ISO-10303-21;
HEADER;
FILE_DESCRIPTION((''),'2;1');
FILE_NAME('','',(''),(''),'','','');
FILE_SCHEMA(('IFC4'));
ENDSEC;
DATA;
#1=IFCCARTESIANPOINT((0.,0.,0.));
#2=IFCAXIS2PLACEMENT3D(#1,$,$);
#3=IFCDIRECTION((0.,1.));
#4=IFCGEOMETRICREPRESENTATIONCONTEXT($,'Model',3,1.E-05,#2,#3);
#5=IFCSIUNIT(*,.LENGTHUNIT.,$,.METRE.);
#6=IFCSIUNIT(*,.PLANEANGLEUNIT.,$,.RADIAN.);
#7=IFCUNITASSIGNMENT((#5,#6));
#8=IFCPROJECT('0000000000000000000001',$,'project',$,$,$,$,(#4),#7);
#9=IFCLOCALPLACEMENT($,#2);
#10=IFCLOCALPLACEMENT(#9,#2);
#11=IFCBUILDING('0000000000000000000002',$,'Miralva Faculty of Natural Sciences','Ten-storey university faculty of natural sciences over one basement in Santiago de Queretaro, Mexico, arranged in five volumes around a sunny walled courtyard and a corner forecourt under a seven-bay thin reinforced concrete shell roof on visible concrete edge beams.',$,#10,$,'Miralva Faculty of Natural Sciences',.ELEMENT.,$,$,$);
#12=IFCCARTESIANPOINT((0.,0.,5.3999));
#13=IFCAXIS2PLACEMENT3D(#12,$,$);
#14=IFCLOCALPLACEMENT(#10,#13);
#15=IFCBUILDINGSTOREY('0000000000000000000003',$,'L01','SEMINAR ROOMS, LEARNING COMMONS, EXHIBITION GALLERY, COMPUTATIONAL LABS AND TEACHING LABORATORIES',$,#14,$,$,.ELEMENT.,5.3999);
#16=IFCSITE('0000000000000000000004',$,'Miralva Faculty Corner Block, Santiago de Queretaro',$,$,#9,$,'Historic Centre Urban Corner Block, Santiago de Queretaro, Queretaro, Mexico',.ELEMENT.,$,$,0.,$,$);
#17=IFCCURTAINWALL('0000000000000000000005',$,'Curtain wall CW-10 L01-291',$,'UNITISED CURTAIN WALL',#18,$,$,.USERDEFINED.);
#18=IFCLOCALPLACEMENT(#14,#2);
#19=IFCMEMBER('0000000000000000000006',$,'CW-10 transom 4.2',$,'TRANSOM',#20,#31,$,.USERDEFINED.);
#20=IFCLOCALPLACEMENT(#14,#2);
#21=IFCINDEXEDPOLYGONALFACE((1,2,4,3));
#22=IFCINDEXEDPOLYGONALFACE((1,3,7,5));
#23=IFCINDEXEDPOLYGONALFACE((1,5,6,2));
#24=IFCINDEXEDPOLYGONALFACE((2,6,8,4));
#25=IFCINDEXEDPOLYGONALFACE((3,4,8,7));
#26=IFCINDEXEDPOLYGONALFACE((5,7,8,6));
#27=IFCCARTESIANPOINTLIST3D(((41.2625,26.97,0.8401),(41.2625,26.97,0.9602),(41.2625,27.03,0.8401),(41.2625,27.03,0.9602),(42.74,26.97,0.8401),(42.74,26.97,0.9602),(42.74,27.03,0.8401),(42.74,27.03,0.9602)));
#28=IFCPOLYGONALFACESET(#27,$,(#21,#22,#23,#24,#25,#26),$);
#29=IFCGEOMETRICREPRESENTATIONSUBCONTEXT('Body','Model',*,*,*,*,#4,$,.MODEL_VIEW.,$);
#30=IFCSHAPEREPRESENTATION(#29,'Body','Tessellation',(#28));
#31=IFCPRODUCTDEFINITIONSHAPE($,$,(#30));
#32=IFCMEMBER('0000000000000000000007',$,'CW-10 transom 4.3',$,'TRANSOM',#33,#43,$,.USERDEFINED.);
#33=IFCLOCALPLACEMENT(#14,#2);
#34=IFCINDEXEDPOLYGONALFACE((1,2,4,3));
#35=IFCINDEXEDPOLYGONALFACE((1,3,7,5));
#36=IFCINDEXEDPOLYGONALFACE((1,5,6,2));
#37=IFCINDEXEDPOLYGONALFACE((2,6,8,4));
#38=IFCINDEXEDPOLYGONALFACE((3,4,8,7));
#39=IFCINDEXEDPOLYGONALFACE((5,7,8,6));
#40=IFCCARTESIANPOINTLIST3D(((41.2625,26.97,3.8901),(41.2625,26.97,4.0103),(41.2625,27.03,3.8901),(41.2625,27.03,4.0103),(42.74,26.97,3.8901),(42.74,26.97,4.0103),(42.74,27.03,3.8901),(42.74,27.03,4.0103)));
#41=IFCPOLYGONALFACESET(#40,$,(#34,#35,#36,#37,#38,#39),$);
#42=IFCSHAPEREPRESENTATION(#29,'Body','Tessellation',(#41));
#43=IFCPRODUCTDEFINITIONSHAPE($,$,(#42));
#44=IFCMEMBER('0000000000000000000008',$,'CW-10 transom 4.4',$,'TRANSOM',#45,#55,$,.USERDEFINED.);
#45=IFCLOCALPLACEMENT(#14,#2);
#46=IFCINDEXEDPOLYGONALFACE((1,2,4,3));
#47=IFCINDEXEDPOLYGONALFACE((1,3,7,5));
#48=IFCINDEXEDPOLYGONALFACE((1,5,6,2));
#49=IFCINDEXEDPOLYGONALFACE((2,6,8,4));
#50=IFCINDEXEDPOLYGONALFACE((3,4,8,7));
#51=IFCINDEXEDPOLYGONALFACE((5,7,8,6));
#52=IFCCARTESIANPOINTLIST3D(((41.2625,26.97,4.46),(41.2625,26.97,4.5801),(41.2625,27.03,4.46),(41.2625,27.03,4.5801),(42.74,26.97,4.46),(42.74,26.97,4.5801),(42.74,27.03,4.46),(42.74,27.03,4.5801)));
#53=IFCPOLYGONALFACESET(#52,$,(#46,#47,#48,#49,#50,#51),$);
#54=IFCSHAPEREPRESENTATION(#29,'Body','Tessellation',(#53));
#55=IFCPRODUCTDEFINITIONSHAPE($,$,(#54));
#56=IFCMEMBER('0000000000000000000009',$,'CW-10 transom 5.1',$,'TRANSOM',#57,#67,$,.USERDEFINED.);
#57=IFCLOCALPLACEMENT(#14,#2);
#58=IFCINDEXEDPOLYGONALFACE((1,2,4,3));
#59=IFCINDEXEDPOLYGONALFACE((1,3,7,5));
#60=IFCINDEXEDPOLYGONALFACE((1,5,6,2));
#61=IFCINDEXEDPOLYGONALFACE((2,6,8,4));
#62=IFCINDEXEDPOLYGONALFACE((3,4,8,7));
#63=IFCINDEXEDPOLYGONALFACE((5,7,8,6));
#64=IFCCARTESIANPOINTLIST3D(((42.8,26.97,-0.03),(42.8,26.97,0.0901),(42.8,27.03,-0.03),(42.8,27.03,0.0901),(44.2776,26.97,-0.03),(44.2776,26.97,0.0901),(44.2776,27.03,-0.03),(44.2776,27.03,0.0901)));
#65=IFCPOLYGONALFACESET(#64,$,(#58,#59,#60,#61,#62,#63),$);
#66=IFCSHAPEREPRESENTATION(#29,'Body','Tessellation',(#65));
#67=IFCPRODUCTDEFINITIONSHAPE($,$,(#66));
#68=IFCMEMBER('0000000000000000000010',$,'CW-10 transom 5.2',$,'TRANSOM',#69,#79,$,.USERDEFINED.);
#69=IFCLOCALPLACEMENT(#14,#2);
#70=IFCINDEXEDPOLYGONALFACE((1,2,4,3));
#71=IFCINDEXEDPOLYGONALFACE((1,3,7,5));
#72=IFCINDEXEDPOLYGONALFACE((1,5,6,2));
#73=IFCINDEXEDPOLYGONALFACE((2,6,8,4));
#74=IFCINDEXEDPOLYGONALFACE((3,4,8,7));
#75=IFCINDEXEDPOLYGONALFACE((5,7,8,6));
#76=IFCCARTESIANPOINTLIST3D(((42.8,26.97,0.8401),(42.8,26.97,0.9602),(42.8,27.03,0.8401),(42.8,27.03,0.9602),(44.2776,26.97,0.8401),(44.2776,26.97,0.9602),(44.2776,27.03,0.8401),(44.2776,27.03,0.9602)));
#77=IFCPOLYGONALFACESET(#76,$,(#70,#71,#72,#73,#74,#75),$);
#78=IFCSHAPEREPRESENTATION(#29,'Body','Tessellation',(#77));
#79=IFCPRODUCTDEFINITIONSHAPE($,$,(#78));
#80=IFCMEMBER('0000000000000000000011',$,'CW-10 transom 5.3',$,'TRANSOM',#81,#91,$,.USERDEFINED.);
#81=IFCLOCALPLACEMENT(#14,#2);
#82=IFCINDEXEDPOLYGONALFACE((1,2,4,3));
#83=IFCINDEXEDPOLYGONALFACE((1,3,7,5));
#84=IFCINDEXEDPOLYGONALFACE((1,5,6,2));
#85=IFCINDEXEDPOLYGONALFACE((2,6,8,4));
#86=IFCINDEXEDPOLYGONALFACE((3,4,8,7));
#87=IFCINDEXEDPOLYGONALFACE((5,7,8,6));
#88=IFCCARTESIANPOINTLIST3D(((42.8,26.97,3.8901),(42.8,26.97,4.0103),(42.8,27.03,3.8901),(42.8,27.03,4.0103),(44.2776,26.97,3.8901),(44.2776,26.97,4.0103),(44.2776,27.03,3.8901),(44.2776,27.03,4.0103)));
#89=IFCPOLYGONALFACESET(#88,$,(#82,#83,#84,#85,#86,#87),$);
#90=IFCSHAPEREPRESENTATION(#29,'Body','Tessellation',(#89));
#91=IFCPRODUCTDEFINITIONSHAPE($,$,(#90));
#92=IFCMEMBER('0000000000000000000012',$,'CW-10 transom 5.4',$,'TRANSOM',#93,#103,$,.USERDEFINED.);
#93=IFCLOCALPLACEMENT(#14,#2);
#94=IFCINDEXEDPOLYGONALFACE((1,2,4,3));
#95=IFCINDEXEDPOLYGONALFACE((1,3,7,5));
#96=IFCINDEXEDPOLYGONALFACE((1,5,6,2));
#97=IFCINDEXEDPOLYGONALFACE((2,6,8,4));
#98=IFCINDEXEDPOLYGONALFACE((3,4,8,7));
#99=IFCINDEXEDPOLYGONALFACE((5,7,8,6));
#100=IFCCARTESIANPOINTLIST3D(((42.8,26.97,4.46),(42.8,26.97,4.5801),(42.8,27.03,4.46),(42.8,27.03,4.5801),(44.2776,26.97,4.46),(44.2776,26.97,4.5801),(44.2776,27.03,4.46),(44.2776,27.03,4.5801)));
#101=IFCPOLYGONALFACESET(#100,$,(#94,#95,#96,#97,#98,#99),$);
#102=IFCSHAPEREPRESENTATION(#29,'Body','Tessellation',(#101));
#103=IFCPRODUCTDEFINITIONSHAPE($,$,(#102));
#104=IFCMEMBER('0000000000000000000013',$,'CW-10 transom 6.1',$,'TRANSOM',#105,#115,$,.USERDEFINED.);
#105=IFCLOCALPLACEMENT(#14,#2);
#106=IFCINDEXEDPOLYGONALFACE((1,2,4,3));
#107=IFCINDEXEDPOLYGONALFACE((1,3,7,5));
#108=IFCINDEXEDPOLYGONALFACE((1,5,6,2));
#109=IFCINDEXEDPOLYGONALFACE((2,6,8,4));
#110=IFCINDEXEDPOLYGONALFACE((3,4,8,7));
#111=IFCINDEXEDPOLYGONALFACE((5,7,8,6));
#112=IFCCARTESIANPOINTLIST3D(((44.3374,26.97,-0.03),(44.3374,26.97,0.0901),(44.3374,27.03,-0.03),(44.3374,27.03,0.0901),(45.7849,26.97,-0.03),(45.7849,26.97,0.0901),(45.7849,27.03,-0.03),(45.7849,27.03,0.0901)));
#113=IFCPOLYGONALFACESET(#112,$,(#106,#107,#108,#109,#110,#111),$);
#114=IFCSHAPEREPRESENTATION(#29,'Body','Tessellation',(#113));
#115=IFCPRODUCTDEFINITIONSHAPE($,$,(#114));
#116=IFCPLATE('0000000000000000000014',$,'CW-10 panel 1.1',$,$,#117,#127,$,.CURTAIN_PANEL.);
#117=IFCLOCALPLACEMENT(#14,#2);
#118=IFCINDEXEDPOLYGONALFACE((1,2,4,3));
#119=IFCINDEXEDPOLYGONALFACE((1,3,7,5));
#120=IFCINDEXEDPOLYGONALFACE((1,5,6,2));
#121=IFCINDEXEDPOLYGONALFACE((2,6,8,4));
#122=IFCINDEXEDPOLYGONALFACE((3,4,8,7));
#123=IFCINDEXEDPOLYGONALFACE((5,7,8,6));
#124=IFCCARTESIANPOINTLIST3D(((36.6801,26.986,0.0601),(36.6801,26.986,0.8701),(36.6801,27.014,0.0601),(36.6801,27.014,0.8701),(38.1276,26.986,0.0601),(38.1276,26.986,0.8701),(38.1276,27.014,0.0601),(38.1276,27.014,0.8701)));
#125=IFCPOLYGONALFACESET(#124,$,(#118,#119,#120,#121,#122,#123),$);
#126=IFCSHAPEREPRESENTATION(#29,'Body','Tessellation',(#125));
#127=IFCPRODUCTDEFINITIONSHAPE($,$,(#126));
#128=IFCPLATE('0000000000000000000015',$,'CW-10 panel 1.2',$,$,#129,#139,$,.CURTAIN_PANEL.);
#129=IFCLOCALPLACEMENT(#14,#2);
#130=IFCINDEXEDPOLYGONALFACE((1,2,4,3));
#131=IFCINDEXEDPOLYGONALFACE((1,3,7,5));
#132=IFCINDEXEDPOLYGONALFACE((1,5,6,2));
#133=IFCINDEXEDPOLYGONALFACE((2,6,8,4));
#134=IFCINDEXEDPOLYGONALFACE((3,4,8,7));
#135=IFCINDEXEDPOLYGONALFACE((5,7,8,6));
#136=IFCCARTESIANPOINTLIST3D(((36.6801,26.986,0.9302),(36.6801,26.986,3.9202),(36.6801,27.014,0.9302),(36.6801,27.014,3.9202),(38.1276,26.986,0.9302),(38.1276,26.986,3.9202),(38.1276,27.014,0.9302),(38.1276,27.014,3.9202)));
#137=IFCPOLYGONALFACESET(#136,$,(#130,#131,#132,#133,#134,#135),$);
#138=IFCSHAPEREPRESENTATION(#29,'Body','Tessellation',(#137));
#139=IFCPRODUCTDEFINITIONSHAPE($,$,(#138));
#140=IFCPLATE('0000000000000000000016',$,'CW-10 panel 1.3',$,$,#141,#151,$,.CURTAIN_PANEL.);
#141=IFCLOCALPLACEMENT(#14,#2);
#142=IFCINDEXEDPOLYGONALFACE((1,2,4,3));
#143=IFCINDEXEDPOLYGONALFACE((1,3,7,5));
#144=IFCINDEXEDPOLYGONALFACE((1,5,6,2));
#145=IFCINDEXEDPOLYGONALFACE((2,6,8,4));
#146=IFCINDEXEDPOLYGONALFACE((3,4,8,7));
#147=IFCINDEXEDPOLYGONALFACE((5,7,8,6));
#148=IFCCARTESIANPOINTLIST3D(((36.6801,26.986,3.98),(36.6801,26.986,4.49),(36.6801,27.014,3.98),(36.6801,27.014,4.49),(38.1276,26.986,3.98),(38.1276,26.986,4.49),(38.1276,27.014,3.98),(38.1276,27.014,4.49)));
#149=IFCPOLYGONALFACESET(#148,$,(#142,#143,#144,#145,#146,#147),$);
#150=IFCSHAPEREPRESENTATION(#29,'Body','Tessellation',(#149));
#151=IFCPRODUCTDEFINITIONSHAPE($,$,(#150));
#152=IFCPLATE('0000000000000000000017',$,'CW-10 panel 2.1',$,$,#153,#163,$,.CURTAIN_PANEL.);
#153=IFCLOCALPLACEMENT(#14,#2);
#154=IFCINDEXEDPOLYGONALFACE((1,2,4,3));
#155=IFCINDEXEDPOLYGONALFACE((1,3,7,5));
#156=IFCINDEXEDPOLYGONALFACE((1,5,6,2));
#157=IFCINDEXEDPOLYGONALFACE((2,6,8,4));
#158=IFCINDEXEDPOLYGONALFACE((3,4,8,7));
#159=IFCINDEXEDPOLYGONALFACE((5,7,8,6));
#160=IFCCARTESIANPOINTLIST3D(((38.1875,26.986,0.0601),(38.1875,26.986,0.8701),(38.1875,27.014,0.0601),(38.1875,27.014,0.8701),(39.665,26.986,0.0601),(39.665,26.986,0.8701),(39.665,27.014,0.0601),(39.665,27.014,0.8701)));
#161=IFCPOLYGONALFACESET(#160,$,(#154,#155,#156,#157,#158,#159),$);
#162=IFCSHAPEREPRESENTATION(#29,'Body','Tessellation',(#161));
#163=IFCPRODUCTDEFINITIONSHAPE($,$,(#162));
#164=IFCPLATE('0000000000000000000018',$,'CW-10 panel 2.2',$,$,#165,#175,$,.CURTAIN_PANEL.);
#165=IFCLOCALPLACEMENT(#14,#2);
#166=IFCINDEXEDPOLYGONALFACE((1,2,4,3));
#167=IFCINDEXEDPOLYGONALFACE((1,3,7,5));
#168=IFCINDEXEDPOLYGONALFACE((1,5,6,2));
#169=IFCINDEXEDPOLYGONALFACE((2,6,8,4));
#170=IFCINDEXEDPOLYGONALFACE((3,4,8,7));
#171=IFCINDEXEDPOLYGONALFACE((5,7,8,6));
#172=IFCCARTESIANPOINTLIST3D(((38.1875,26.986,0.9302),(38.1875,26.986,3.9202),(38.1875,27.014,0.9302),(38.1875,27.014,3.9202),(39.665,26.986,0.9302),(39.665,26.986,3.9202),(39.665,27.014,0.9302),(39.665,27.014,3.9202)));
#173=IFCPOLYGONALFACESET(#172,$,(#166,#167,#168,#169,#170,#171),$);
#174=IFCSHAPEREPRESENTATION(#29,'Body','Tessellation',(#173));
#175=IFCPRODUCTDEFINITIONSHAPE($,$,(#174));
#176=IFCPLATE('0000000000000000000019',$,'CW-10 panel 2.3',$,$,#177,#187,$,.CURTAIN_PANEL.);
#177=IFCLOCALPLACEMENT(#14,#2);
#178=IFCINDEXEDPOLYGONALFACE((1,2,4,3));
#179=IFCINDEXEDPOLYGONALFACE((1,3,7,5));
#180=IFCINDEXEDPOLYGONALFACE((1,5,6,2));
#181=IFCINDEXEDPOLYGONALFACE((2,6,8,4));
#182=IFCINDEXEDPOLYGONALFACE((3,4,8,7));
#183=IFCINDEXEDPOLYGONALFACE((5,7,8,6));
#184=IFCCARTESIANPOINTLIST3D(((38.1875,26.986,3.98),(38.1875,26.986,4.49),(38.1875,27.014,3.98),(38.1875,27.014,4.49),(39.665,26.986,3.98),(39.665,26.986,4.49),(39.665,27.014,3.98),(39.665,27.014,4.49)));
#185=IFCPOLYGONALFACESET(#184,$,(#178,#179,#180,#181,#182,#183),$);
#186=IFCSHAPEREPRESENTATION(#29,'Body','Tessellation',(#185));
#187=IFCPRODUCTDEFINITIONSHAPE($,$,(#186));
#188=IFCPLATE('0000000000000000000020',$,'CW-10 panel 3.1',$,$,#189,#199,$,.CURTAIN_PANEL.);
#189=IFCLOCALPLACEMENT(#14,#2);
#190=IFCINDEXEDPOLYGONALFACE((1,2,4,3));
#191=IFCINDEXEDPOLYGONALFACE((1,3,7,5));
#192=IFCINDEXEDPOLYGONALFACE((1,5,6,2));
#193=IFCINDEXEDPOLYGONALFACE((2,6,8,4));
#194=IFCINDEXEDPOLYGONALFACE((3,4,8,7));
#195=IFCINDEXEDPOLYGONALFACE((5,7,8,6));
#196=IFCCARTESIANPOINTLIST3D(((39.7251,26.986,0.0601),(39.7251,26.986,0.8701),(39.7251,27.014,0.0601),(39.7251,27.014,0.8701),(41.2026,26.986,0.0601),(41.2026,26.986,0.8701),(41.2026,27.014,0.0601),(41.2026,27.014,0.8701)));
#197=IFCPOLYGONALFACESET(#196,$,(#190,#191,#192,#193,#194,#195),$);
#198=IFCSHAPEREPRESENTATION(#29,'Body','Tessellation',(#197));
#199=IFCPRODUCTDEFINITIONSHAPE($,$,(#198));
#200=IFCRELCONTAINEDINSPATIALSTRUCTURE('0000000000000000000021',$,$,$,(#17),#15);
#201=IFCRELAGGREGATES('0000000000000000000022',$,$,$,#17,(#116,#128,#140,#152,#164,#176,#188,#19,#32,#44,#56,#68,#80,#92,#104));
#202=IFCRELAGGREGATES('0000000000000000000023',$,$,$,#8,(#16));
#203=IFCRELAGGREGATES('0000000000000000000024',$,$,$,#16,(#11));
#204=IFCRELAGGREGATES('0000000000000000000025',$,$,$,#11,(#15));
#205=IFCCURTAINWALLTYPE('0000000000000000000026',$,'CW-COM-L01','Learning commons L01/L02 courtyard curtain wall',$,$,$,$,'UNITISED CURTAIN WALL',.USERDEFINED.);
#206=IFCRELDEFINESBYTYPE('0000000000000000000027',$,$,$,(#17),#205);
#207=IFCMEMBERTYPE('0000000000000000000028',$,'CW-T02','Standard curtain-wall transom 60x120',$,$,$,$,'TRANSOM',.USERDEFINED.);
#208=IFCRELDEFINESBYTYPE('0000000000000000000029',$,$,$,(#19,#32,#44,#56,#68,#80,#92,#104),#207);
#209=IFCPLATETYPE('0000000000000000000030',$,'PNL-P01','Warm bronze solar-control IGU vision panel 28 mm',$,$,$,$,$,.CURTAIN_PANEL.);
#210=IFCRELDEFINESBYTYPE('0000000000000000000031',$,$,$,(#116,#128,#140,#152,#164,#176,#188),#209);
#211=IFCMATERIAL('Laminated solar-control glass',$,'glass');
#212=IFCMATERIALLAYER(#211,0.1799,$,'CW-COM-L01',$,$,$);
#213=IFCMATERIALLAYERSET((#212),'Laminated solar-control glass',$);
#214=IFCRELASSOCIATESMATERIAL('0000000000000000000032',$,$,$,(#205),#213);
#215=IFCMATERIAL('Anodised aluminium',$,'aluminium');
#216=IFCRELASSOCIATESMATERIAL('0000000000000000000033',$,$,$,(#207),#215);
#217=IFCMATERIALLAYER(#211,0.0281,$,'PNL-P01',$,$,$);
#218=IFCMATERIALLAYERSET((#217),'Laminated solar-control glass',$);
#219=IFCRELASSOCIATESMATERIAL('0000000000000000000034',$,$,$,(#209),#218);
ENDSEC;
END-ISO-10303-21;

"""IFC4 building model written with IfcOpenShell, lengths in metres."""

from ifc_helpers import new_model, si_unit, direction, frame, origin, origin_2d, place, context, subcontext, project, spatial, rectangle, extrude, material, layer, layer_set, material_profile, profile_set, type_object, element, aggregate, save


model = new_model("IFC4")

# Units and contexts
model_context = context("Model", 3, precision=1e-05, world=origin(), true_north=direction((0.0, 1.0)))
body_context = subcontext(model_context, "Body", "Model", "MODEL_VIEW")
ifc_project = project(units=[si_unit("LENGTHUNIT", "METRE"), si_unit("PLANEANGLEUNIT", "RADIAN")], contexts=[model_context])

# Site, building, storey
site_placement = place(None, origin())
site = spatial("IfcSite", under=ifc_project, at=site_placement, Name="Miralva Faculty Corner Block, Santiago de Queretaro", LongName="Historic Centre Urban Corner Block, Santiago de Queretaro, Queretaro, Mexico", CompositionType="ELEMENT", RefElevation=0.0)
building_placement = place(site_placement, origin())
building = spatial("IfcBuilding", under=site, at=building_placement, Name="Miralva Faculty of Natural Sciences", Description="Ten-storey university faculty of natural sciences over one basement in Santiago de Queretaro, Mexico, arranged in five volumes around a sunny walled courtyard and a corner forecourt under a seven-bay thin reinforced concrete shell roof on visible concrete edge beams.", LongName="Miralva Faculty of Natural Sciences", CompositionType="ELEMENT")
storey_placement = place(building_placement, frame((0.0, 0.0, 5.3999)))
storey = spatial("IfcBuildingStorey", under=building, at=storey_placement, Name="L01", Description="SEMINAR ROOMS, LEARNING COMMONS, EXHIBITION GALLERY, COMPUTATIONAL LABS AND TEACHING LABORATORIES", CompositionType="ELEMENT", Elevation=5.3999)

# Curtain wall, members, plates
ifc_material_1 = material(Name="Laminated solar-control glass", Category="glass")
ifc_layer_1 = layer(ifc_material_1, 0.1799, Name="CW-COM-L01")
ifc_layer_set_1 = layer_set([ifc_layer_1], Name="Laminated solar-control glass")
curtain_wall_type = type_object("IfcCurtainWallType", Name="CW-COM-L01", Description="Learning commons L01/L02 courtyard curtain wall", ElementType="UNITISED CURTAIN WALL", PredefinedType="USERDEFINED", material=ifc_layer_set_1)
curtain_wall_placement = place(storey_placement, origin())
curtain_wall = element("IfcCurtainWall", 1, at=curtain_wall_placement, inside=storey, type_object=curtain_wall_type, Name="Curtain wall CW-10 L01-291", ObjectType="UNITISED CURTAIN WALL", PredefinedType="USERDEFINED")
ifc_material_2 = material(Name="Anodised aluminium", Category="aluminium")
ifc_material_profile_1 = material_profile(ifc_material_2, rectangle(XDim=0.0601, YDim=0.1201, at=origin_2d()), Name="TRANSOM 60x120")
ifc_profile_set_1 = profile_set([ifc_material_profile_1], Name="Anodised aluminium")
member_type_1 = type_object("IfcMemberType", Name="CW-T02", Description="Standard curtain-wall transom 60x120", ElementType="TRANSOM", PredefinedType="USERDEFINED", material=ifc_profile_set_1)
member_1_placement = place(storey_placement, frame((41.2625, 27.0, 0.9001), z_axis=(1.0, 0.0, 0.0), x_axis=(0.0, 1.0, 0.0)))
member_1 = element("IfcMember", 2, at=member_1_placement, type_object=member_type_1, Name="CW-10 transom 4.2", ObjectType="TRANSOM", PredefinedType="USERDEFINED", context=body_context, shape_type="SweptSolid", body=[
    extrude(rectangle(XDim=0.0601, YDim=0.1201, at=origin_2d()), origin(), (0.0, 0.0, 1.0), 1.4775),
])
member_2_placement = place(storey_placement, frame((41.2625, 27.0, 3.9502), z_axis=(1.0, 0.0, 0.0), x_axis=(0.0, 1.0, 0.0)))
member_2 = element("IfcMember", 3, at=member_2_placement, type_object=member_type_1, Name="CW-10 transom 4.3", ObjectType="TRANSOM", PredefinedType="USERDEFINED", context=body_context, shape_type="SweptSolid", body=[
    extrude(rectangle(XDim=0.0601, YDim=0.1201, at=origin_2d()), origin(), (0.0, 0.0, 1.0), 1.4775),
])
member_3_placement = place(storey_placement, frame((41.2625, 27.0, 4.52), z_axis=(1.0, 0.0, 0.0), x_axis=(0.0, 1.0, 0.0)))
member_3 = element("IfcMember", 4, at=member_3_placement, type_object=member_type_1, Name="CW-10 transom 4.4", ObjectType="TRANSOM", PredefinedType="USERDEFINED", context=body_context, shape_type="SweptSolid", body=[
    extrude(rectangle(XDim=0.0601, YDim=0.1201, at=origin_2d()), origin(), (0.0, 0.0, 1.0), 1.4775),
])
member_4_placement = place(storey_placement, frame((42.8, 27.0, 0.03), z_axis=(1.0, 0.0, 0.0), x_axis=(0.0, 1.0, 0.0)))
member_4 = element("IfcMember", 5, at=member_4_placement, type_object=member_type_1, Name="CW-10 transom 5.1", ObjectType="TRANSOM", PredefinedType="USERDEFINED", context=body_context, shape_type="SweptSolid", body=[
    extrude(rectangle(XDim=0.0601, YDim=0.1201, at=origin_2d()), origin(), (0.0, 0.0, 1.0), 1.4775),
])
member_5_placement = place(storey_placement, frame((42.8, 27.0, 0.9001), z_axis=(1.0, 0.0, 0.0), x_axis=(0.0, 1.0, 0.0)))
member_5 = element("IfcMember", 6, at=member_5_placement, type_object=member_type_1, Name="CW-10 transom 5.2", ObjectType="TRANSOM", PredefinedType="USERDEFINED", context=body_context, shape_type="SweptSolid", body=[
    extrude(rectangle(XDim=0.0601, YDim=0.1201, at=origin_2d()), origin(), (0.0, 0.0, 1.0), 1.4775),
])
member_6_placement = place(storey_placement, frame((42.8, 27.0, 3.9502), z_axis=(1.0, 0.0, 0.0), x_axis=(0.0, 1.0, 0.0)))
member_6 = element("IfcMember", 7, at=member_6_placement, type_object=member_type_1, Name="CW-10 transom 5.3", ObjectType="TRANSOM", PredefinedType="USERDEFINED", context=body_context, shape_type="SweptSolid", body=[
    extrude(rectangle(XDim=0.0601, YDim=0.1201, at=origin_2d()), origin(), (0.0, 0.0, 1.0), 1.4775),
])
member_7_placement = place(storey_placement, frame((42.8, 27.0, 4.52), z_axis=(1.0, 0.0, 0.0), x_axis=(0.0, 1.0, 0.0)))
member_7 = element("IfcMember", 8, at=member_7_placement, type_object=member_type_1, Name="CW-10 transom 5.4", ObjectType="TRANSOM", PredefinedType="USERDEFINED", context=body_context, shape_type="SweptSolid", body=[
    extrude(rectangle(XDim=0.0601, YDim=0.1201, at=origin_2d()), origin(), (0.0, 0.0, 1.0), 1.4775),
])
member_8_placement = place(storey_placement, frame((44.3374, 27.0, 0.03), z_axis=(1.0, 0.0, 0.0), x_axis=(0.0, 1.0, 0.0)))
member_8 = element("IfcMember", 9, at=member_8_placement, type_object=member_type_1, Name="CW-10 transom 6.1", ObjectType="TRANSOM", PredefinedType="USERDEFINED", context=body_context, shape_type="SweptSolid", body=[
    extrude(rectangle(XDim=0.0601, YDim=0.1201, at=origin_2d()), origin(), (0.0, 0.0, 1.0), 1.4475),
])
ifc_layer_2 = layer(ifc_material_1, 0.0281, Name="PNL-P01")
ifc_layer_set_2 = layer_set([ifc_layer_2], Name="Laminated solar-control glass")
plate_type = type_object("IfcPlateType", Name="PNL-P01", Description="Warm bronze solar-control IGU vision panel 28 mm", PredefinedType="CURTAIN_PANEL", material=ifc_layer_set_2)
plate_1_placement = place(storey_placement, frame((37.4038, 27.0, 0.0601), z_axis=(0.0, 0.0, 1.0), x_axis=(1.0, 0.0, 0.0)))
plate_1 = element("IfcPlate", 10, at=plate_1_placement, type_object=plate_type, Name="CW-10 panel 1.1", PredefinedType="CURTAIN_PANEL", context=body_context, shape_type="SweptSolid", body=[
    extrude(rectangle(XDim=1.4475, YDim=0.0281, at=origin_2d()), origin(), (0.0, 0.0, 1.0), 0.8101),
])
plate_2_placement = place(storey_placement, frame((37.4038, 27.0, 0.9302), z_axis=(0.0, 0.0, 1.0), x_axis=(1.0, 0.0, 0.0)))
plate_2 = element("IfcPlate", 11, at=plate_2_placement, type_object=plate_type, Name="CW-10 panel 1.2", PredefinedType="CURTAIN_PANEL", context=body_context, shape_type="SweptSolid", body=[
    extrude(rectangle(XDim=1.4475, YDim=0.0281, at=origin_2d()), origin(), (0.0, 0.0, 1.0), 2.99),
])
plate_3_placement = place(storey_placement, frame((37.4038, 27.0, 3.98), z_axis=(0.0, 0.0, 1.0), x_axis=(1.0, 0.0, 0.0)))
plate_3 = element("IfcPlate", 12, at=plate_3_placement, type_object=plate_type, Name="CW-10 panel 1.3", PredefinedType="CURTAIN_PANEL", context=body_context, shape_type="SweptSolid", body=[
    extrude(rectangle(XDim=1.4475, YDim=0.0281, at=origin_2d()), origin(), (0.0, 0.0, 1.0), 0.51),
])
plate_4_placement = place(storey_placement, frame((38.9263, 27.0, 0.0601), z_axis=(0.0, 0.0, 1.0), x_axis=(1.0, 0.0, 0.0)))
plate_4 = element("IfcPlate", 13, at=plate_4_placement, type_object=plate_type, Name="CW-10 panel 2.1", PredefinedType="CURTAIN_PANEL", context=body_context, shape_type="SweptSolid", body=[
    extrude(rectangle(XDim=1.4775, YDim=0.0281, at=origin_2d()), origin(), (0.0, 0.0, 1.0), 0.8101),
])
plate_5_placement = place(storey_placement, frame((38.9263, 27.0, 0.9302), z_axis=(0.0, 0.0, 1.0), x_axis=(1.0, 0.0, 0.0)))
plate_5 = element("IfcPlate", 14, at=plate_5_placement, type_object=plate_type, Name="CW-10 panel 2.2", PredefinedType="CURTAIN_PANEL", context=body_context, shape_type="SweptSolid", body=[
    extrude(rectangle(XDim=1.4775, YDim=0.0281, at=origin_2d()), origin(), (0.0, 0.0, 1.0), 2.99),
])
plate_6_placement = place(storey_placement, frame((38.9263, 27.0, 3.98), z_axis=(0.0, 0.0, 1.0), x_axis=(1.0, 0.0, 0.0)))
plate_6 = element("IfcPlate", 15, at=plate_6_placement, type_object=plate_type, Name="CW-10 panel 2.3", PredefinedType="CURTAIN_PANEL", context=body_context, shape_type="SweptSolid", body=[
    extrude(rectangle(XDim=1.4775, YDim=0.0281, at=origin_2d()), origin(), (0.0, 0.0, 1.0), 0.51),
])
plate_7_placement = place(storey_placement, frame((40.4639, 27.0, 0.0601), z_axis=(0.0, 0.0, 1.0), x_axis=(1.0, 0.0, 0.0)))
plate_7 = element("IfcPlate", 16, at=plate_7_placement, type_object=plate_type, Name="CW-10 panel 3.1", PredefinedType="CURTAIN_PANEL", context=body_context, shape_type="SweptSolid", body=[
    extrude(rectangle(XDim=1.4775, YDim=0.0281, at=origin_2d()), origin(), (0.0, 0.0, 1.0), 0.8101),
])
aggregate(curtain_wall, [plate_1, plate_2, plate_3, plate_4, plate_5, plate_6, plate_7, member_1, member_2, member_3, member_4, member_5, member_6, member_7, member_8])

save(model, "model.ifc")
